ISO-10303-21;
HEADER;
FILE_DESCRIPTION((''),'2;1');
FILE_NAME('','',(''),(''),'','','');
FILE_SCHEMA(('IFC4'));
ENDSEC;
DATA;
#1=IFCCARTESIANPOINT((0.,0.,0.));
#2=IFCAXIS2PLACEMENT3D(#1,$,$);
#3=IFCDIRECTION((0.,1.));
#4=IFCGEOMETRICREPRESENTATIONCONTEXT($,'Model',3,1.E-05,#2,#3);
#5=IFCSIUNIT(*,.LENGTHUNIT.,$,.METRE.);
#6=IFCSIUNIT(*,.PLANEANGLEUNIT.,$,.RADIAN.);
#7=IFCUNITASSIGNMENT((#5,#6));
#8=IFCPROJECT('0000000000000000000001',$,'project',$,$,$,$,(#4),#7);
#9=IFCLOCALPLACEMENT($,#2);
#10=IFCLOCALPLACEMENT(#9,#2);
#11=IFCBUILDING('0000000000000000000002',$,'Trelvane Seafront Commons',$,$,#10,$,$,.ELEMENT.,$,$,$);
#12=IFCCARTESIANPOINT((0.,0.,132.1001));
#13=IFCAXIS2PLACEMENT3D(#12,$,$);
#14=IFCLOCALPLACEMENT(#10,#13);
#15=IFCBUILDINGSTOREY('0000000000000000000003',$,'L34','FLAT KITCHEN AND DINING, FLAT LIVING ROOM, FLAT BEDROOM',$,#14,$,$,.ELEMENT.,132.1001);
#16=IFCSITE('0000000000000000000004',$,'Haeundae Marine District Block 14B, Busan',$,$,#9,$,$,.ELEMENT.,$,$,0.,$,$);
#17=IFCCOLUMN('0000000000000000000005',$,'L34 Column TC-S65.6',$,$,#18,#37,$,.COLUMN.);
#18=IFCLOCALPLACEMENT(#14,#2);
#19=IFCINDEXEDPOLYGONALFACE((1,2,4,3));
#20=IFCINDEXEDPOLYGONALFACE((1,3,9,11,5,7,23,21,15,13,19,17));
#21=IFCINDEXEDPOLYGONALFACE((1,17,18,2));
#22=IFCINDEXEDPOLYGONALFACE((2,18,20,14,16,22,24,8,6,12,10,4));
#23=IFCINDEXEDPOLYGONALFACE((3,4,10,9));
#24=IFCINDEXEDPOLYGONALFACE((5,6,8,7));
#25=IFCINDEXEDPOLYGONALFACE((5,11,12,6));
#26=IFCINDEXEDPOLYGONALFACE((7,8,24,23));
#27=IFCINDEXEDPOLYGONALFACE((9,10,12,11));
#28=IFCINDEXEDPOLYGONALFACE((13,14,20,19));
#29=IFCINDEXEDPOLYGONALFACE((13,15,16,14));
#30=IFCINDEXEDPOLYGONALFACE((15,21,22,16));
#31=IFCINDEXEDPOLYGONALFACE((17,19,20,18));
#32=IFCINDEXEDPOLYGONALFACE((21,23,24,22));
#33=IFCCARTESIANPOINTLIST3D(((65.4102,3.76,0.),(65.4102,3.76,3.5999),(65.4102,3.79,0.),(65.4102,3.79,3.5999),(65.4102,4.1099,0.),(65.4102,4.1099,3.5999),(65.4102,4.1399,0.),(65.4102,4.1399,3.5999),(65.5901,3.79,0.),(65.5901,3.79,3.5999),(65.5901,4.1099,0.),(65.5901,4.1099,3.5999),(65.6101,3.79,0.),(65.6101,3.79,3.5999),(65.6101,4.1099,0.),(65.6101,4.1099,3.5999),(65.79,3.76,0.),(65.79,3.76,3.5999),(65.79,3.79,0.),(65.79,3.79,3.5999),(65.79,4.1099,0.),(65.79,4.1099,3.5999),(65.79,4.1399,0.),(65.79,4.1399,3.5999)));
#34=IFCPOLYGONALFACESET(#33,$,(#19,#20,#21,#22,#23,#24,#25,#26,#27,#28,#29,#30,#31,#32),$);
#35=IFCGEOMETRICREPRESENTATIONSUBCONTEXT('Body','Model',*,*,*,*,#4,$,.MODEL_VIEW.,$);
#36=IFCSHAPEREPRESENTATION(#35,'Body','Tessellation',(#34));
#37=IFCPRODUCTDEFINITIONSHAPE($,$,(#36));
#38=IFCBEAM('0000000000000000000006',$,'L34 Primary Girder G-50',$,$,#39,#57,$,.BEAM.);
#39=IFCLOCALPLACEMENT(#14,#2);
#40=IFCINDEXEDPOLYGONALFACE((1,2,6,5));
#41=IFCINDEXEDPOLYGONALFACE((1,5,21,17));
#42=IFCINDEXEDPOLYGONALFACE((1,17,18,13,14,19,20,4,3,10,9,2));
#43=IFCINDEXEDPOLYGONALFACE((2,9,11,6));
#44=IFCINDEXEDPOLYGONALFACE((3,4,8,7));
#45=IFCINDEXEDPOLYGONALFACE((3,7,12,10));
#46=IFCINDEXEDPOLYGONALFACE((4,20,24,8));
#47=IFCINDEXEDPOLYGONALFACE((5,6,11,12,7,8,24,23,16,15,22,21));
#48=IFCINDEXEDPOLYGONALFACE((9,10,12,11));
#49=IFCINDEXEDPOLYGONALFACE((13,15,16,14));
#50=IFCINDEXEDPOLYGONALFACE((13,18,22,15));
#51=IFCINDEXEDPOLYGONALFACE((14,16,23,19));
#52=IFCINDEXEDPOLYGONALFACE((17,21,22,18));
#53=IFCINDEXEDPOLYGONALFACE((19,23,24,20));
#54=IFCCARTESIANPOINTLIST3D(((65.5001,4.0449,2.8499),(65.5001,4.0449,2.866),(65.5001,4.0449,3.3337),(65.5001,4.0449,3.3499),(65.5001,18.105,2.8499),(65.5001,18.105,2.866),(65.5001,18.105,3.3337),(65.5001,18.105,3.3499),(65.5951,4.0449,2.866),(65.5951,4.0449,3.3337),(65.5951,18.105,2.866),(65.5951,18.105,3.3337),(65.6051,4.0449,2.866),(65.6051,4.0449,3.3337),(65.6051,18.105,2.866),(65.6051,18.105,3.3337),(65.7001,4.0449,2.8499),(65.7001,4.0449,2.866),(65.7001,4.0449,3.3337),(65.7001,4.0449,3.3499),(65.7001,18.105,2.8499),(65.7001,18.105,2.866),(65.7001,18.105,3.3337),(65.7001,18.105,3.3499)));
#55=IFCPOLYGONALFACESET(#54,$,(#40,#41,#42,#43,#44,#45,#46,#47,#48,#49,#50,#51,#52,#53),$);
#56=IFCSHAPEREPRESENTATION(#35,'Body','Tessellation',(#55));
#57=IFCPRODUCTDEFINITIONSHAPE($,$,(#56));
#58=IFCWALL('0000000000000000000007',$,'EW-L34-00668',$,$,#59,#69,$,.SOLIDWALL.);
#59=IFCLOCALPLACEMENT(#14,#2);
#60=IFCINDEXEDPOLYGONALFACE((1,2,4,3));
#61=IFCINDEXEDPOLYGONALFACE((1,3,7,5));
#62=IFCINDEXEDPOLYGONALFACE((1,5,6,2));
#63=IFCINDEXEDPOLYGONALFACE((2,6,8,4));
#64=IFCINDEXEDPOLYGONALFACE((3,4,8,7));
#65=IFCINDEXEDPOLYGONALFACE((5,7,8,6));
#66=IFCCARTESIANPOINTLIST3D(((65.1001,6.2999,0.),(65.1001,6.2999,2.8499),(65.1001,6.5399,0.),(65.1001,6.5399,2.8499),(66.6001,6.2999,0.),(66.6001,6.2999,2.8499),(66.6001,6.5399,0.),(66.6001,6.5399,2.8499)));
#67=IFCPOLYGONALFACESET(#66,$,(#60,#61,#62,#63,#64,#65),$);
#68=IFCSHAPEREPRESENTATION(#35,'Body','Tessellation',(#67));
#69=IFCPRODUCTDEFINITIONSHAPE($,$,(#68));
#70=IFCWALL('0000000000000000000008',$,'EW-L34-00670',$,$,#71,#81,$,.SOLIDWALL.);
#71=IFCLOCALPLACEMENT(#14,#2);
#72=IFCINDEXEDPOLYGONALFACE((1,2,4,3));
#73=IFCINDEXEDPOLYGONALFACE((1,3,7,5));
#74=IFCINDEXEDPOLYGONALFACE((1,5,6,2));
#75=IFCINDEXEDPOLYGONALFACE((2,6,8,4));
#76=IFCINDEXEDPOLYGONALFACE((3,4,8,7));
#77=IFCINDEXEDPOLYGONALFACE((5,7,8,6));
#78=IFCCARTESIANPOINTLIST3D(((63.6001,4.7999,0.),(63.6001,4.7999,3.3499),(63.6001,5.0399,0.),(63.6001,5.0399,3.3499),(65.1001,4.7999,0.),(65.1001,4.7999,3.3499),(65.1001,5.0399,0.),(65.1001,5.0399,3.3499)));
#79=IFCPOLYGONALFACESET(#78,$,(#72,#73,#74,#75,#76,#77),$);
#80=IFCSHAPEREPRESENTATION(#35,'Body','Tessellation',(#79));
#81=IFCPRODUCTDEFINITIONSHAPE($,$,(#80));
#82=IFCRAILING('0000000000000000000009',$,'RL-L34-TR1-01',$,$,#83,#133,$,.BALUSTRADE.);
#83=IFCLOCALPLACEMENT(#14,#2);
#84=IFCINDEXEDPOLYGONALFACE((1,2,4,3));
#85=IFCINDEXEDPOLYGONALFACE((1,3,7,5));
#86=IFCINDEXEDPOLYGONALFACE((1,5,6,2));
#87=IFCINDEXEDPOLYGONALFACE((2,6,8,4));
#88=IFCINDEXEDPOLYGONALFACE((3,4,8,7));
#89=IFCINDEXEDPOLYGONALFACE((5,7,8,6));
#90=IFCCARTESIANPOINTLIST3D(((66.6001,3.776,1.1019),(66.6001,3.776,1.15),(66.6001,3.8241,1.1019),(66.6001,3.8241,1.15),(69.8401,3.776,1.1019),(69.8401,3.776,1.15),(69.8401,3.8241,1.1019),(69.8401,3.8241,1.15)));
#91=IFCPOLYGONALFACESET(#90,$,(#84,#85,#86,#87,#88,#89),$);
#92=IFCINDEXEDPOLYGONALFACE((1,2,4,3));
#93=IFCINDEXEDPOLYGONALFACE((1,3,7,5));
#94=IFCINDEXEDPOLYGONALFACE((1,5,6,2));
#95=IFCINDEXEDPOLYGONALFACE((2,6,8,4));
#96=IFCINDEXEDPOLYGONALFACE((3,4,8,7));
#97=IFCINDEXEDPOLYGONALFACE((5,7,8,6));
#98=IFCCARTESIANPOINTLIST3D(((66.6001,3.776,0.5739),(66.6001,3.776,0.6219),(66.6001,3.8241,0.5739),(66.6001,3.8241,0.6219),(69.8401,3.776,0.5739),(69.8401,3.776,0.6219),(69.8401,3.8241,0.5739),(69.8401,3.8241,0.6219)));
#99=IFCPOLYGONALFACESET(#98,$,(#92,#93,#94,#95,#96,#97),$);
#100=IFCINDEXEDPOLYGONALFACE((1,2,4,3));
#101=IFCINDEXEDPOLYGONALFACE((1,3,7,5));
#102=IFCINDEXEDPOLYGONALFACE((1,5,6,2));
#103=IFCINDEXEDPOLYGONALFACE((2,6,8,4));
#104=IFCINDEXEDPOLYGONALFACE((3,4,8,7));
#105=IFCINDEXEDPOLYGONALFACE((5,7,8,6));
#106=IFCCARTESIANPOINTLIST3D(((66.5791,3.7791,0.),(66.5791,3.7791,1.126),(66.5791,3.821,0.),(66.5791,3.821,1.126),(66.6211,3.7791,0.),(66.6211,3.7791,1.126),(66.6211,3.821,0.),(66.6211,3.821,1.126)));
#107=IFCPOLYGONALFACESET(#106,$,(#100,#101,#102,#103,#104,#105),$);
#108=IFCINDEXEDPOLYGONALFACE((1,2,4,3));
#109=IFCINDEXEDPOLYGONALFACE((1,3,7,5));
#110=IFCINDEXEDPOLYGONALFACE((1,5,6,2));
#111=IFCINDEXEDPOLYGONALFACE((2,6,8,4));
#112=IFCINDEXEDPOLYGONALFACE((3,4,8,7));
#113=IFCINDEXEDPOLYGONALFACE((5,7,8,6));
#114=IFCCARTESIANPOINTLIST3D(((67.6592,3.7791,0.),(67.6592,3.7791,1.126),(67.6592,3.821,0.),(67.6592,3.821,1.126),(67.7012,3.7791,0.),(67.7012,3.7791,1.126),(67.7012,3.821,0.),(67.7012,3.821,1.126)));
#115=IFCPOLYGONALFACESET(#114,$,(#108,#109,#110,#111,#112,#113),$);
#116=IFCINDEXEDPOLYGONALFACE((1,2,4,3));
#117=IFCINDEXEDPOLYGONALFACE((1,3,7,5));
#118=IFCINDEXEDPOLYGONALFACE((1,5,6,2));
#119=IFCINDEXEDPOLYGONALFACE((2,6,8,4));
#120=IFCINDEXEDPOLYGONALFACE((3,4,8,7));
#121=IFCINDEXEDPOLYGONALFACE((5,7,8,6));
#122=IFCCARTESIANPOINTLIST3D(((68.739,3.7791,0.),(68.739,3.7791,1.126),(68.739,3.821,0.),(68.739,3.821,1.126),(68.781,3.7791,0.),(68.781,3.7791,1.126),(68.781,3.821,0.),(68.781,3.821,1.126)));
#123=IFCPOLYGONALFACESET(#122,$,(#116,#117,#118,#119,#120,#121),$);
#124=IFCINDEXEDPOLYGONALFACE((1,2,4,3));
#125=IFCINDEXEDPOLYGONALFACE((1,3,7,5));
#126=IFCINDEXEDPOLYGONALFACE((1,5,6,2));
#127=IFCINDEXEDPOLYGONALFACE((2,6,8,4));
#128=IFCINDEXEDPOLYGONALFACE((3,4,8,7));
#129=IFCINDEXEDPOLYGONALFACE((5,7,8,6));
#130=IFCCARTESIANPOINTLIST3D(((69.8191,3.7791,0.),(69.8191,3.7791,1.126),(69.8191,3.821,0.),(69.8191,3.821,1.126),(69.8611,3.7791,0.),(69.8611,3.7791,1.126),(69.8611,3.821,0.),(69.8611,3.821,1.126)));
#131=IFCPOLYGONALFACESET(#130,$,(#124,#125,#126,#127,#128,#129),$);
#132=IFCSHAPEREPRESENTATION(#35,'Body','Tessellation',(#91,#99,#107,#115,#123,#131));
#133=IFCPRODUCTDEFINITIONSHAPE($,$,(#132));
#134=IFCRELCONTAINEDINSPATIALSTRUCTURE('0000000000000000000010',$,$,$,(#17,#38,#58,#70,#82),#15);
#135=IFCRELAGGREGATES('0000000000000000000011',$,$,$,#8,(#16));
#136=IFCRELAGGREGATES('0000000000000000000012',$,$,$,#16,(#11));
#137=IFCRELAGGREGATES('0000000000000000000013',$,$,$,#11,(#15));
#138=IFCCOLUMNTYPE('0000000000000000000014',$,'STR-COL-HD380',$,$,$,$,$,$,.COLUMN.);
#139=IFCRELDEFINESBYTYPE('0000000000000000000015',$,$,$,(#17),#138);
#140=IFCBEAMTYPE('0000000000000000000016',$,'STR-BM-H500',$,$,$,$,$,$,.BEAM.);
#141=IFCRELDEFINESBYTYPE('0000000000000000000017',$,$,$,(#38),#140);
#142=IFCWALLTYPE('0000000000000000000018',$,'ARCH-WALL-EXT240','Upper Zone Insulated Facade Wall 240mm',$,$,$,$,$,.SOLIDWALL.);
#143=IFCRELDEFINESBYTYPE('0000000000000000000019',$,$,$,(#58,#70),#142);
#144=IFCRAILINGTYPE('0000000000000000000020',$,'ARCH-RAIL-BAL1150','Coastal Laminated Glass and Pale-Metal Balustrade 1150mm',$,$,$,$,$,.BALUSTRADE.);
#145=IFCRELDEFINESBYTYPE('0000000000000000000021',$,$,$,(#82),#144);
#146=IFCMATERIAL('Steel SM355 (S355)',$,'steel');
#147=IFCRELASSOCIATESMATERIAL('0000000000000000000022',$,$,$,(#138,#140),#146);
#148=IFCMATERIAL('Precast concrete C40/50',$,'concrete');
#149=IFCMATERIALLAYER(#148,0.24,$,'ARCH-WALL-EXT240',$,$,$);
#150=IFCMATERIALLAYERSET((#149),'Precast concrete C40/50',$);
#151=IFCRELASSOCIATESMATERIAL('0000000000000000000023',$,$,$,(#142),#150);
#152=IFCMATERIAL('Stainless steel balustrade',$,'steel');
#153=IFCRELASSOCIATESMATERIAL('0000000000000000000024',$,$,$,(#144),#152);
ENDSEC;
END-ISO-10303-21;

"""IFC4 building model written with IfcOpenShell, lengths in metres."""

from ifc_helpers import new_model, si_unit, direction, frame, frame_2d, origin, origin_2d, place, context, subcontext, project, spatial, rectangle, i_section, extrude, source, transform, mapped, material, layer, layer_set, material_profile, profile_set, type_object, element, save


model = new_model("IFC4")

# Units and contexts
model_context = context("Model", 3, precision=1e-05, world=origin(), true_north=direction((0.0, 1.0)))
body_context = subcontext(model_context, "Body", "Model", "MODEL_VIEW")
ifc_project = project(units=[si_unit("LENGTHUNIT", "METRE"), si_unit("PLANEANGLEUNIT", "RADIAN")], contexts=[model_context])

# Site, building, storey
site_placement = place(None, origin())
site = spatial("IfcSite", under=ifc_project, at=site_placement, Name="Haeundae Marine District Block 14B, Busan", CompositionType="ELEMENT", RefElevation=0.0)
building_placement = place(site_placement, origin())
building = spatial("IfcBuilding", under=site, at=building_placement, Name="Trelvane Seafront Commons", CompositionType="ELEMENT")
storey_placement = place(building_placement, frame((0.0, 0.0, 132.1001)))
storey = spatial("IfcBuildingStorey", under=building, at=storey_placement, Name="L34", Description="FLAT KITCHEN AND DINING, FLAT LIVING ROOM, FLAT BEDROOM", CompositionType="ELEMENT", Elevation=132.1001)

# Column
ifc_material_1 = material(Name="Steel SM355 (S355)", Category="steel")
ifc_material_profile_1 = material_profile(ifc_material_1, i_section(OverallWidth=0.3799, OverallDepth=0.3799, WebThickness=0.02, FlangeThickness=0.03, at=origin_2d()), Name="HD-380x380x20x30")
ifc_profile_set_1 = profile_set([ifc_material_profile_1], Name="Steel SM355 (S355)")
column_type = type_object("IfcColumnType", Name="STR-COL-HD380", PredefinedType="COLUMN", material=ifc_profile_set_1)
shared_shape_1 = source(origin(), body_context, "Body", "SweptSolid", [
    extrude(i_section(OverallWidth=0.3799, OverallDepth=0.3799, WebThickness=0.02, FlangeThickness=0.03, at=origin_2d()), origin(), (0.0, 0.0, 1.0), 3.5999),
])
column_placement = place(storey_placement, frame((65.6001, 3.95, 0.0), z_axis=(0.0, 0.0, 1.0), x_axis=(1.0, 0.0, 0.0)))
element("IfcColumn", 1, at=column_placement, inside=storey, type_object=column_type, Name="L34 Column TC-S65.6", PredefinedType="COLUMN", context=body_context, shape_type="MappedRepresentation", body=[
    mapped(shared_shape_1, transform((0.0, 0.0, 0.0), x_axis=(1.0, 0.0, 0.0), y_axis=(0.0, 1.0, 0.0), z_axis=(0.0, 0.0, 1.0), scale=1.0)),
])

# Beam
ifc_material_profile_2 = material_profile(ifc_material_1, i_section(OverallWidth=0.2, OverallDepth=0.5, WebThickness=0.01, FlangeThickness=0.0161, at=origin_2d()), Name="H-500x200x10x16")
ifc_profile_set_2 = profile_set([ifc_material_profile_2], Name="Steel SM355 (S355)")
beam_type = type_object("IfcBeamType", Name="STR-BM-H500", PredefinedType="BEAM", material=ifc_profile_set_2)
shared_shape_2 = source(origin(), body_context, "Body", "SweptSolid", [
    extrude(i_section(OverallWidth=0.2, OverallDepth=0.5, WebThickness=0.01, FlangeThickness=0.0161, at=origin_2d()), origin(), (0.0, 0.0, 1.0), 14.0601),
])
beam_placement = place(storey_placement, frame((65.6001, 4.0449, 3.0999), z_axis=(0.0, 1.0, 0.0), x_axis=(-1.0, 0.0, 0.0)))
element("IfcBeam", 2, at=beam_placement, inside=storey, type_object=beam_type, Name="L34 Primary Girder G-50", PredefinedType="BEAM", context=body_context, shape_type="MappedRepresentation", body=[
    mapped(shared_shape_2, transform((0.0, 0.0, 0.0), x_axis=(1.0, 0.0, 0.0), y_axis=(0.0, 1.0, 0.0), z_axis=(0.0, 0.0, 1.0), scale=1.0)),
])

# Walls
ifc_material_2 = material(Name="Precast concrete C40/50", Category="concrete")
ifc_layer = layer(ifc_material_2, 0.24, Name="ARCH-WALL-EXT240")
ifc_layer_set = layer_set([ifc_layer], Name="Precast concrete C40/50")
wall_type = type_object("IfcWallType", Name="ARCH-WALL-EXT240", Description="Upper Zone Insulated Facade Wall 240mm", PredefinedType="SOLIDWALL", material=ifc_layer_set)
wall_1_placement = place(storey_placement, frame((66.6001, 6.4199, 0.0), z_axis=(0.0, 0.0, 1.0), x_axis=(-1.0, 0.0, 0.0)))
element("IfcWall", 3, at=wall_1_placement, inside=storey, type_object=wall_type, Name="EW-L34-00668", PredefinedType="SOLIDWALL", context=body_context, shape_type="SweptSolid", body=[
    extrude(rectangle(XDim=1.5, YDim=0.24, at=frame_2d((0.75, 0.0))), origin(), (0.0, 0.0, 1.0), 2.8499),
])
wall_2_placement = place(storey_placement, frame((65.1001, 4.9199, 0.0), z_axis=(0.0, 0.0, 1.0), x_axis=(-1.0, 0.0, 0.0)))
element("IfcWall", 4, at=wall_2_placement, inside=storey, type_object=wall_type, Name="EW-L34-00670", PredefinedType="SOLIDWALL", context=body_context, shape_type="SweptSolid", body=[
    extrude(rectangle(XDim=1.5, YDim=0.24, at=frame_2d((0.75, 0.0))), origin(), (0.0, 0.0, 1.0), 3.3499),
])

# Railing
ifc_material_3 = material(Name="Stainless steel balustrade", Category="steel")
railing_type = type_object("IfcRailingType", Name="ARCH-RAIL-BAL1150", Description="Coastal Laminated Glass and Pale-Metal Balustrade 1150mm", PredefinedType="BALUSTRADE", material=ifc_material_3)
railing_1_placement = place(storey_placement, frame((66.6001, 3.8, 0.0)))
element("IfcRailing", 5, at=railing_1_placement, inside=storey, type_object=railing_type, Name="RL-L34-TR1-01", PredefinedType="BALUSTRADE", context=body_context, shape_type="SweptSolid", body=[
    extrude(rectangle(XDim=0.0481, YDim=0.0481, at=origin_2d()), frame((0.0, 0.0, 1.126), z_axis=(1.0, 0.0, 0.0), x_axis=(0.0, 1.0, 0.0)), (0.0, 0.0, 1.0), 3.24),
    extrude(rectangle(XDim=0.0481, YDim=0.0481, at=origin_2d()), frame((0.0, 0.0, 0.5979), z_axis=(1.0, 0.0, 0.0), x_axis=(0.0, 1.0, 0.0)), (0.0, 0.0, 1.0), 3.24),
    extrude(rectangle(XDim=0.042, YDim=0.042, at=origin_2d()), origin(), (0.0, 0.0, 1.0), 1.126),
    extrude(rectangle(XDim=0.042, YDim=0.042, at=origin_2d()), frame((1.0801, 0.0, 0.0)), (0.0, 0.0, 1.0), 1.126),
    extrude(rectangle(XDim=0.042, YDim=0.042, at=origin_2d()), frame((2.1599, 0.0, 0.0)), (0.0, 0.0, 1.0), 1.126),
    extrude(rectangle(XDim=0.042, YDim=0.042, at=origin_2d()), frame((3.24, 0.0, 0.0)), (0.0, 0.0, 1.0), 1.126),
])

save(model, "model.ifc")
